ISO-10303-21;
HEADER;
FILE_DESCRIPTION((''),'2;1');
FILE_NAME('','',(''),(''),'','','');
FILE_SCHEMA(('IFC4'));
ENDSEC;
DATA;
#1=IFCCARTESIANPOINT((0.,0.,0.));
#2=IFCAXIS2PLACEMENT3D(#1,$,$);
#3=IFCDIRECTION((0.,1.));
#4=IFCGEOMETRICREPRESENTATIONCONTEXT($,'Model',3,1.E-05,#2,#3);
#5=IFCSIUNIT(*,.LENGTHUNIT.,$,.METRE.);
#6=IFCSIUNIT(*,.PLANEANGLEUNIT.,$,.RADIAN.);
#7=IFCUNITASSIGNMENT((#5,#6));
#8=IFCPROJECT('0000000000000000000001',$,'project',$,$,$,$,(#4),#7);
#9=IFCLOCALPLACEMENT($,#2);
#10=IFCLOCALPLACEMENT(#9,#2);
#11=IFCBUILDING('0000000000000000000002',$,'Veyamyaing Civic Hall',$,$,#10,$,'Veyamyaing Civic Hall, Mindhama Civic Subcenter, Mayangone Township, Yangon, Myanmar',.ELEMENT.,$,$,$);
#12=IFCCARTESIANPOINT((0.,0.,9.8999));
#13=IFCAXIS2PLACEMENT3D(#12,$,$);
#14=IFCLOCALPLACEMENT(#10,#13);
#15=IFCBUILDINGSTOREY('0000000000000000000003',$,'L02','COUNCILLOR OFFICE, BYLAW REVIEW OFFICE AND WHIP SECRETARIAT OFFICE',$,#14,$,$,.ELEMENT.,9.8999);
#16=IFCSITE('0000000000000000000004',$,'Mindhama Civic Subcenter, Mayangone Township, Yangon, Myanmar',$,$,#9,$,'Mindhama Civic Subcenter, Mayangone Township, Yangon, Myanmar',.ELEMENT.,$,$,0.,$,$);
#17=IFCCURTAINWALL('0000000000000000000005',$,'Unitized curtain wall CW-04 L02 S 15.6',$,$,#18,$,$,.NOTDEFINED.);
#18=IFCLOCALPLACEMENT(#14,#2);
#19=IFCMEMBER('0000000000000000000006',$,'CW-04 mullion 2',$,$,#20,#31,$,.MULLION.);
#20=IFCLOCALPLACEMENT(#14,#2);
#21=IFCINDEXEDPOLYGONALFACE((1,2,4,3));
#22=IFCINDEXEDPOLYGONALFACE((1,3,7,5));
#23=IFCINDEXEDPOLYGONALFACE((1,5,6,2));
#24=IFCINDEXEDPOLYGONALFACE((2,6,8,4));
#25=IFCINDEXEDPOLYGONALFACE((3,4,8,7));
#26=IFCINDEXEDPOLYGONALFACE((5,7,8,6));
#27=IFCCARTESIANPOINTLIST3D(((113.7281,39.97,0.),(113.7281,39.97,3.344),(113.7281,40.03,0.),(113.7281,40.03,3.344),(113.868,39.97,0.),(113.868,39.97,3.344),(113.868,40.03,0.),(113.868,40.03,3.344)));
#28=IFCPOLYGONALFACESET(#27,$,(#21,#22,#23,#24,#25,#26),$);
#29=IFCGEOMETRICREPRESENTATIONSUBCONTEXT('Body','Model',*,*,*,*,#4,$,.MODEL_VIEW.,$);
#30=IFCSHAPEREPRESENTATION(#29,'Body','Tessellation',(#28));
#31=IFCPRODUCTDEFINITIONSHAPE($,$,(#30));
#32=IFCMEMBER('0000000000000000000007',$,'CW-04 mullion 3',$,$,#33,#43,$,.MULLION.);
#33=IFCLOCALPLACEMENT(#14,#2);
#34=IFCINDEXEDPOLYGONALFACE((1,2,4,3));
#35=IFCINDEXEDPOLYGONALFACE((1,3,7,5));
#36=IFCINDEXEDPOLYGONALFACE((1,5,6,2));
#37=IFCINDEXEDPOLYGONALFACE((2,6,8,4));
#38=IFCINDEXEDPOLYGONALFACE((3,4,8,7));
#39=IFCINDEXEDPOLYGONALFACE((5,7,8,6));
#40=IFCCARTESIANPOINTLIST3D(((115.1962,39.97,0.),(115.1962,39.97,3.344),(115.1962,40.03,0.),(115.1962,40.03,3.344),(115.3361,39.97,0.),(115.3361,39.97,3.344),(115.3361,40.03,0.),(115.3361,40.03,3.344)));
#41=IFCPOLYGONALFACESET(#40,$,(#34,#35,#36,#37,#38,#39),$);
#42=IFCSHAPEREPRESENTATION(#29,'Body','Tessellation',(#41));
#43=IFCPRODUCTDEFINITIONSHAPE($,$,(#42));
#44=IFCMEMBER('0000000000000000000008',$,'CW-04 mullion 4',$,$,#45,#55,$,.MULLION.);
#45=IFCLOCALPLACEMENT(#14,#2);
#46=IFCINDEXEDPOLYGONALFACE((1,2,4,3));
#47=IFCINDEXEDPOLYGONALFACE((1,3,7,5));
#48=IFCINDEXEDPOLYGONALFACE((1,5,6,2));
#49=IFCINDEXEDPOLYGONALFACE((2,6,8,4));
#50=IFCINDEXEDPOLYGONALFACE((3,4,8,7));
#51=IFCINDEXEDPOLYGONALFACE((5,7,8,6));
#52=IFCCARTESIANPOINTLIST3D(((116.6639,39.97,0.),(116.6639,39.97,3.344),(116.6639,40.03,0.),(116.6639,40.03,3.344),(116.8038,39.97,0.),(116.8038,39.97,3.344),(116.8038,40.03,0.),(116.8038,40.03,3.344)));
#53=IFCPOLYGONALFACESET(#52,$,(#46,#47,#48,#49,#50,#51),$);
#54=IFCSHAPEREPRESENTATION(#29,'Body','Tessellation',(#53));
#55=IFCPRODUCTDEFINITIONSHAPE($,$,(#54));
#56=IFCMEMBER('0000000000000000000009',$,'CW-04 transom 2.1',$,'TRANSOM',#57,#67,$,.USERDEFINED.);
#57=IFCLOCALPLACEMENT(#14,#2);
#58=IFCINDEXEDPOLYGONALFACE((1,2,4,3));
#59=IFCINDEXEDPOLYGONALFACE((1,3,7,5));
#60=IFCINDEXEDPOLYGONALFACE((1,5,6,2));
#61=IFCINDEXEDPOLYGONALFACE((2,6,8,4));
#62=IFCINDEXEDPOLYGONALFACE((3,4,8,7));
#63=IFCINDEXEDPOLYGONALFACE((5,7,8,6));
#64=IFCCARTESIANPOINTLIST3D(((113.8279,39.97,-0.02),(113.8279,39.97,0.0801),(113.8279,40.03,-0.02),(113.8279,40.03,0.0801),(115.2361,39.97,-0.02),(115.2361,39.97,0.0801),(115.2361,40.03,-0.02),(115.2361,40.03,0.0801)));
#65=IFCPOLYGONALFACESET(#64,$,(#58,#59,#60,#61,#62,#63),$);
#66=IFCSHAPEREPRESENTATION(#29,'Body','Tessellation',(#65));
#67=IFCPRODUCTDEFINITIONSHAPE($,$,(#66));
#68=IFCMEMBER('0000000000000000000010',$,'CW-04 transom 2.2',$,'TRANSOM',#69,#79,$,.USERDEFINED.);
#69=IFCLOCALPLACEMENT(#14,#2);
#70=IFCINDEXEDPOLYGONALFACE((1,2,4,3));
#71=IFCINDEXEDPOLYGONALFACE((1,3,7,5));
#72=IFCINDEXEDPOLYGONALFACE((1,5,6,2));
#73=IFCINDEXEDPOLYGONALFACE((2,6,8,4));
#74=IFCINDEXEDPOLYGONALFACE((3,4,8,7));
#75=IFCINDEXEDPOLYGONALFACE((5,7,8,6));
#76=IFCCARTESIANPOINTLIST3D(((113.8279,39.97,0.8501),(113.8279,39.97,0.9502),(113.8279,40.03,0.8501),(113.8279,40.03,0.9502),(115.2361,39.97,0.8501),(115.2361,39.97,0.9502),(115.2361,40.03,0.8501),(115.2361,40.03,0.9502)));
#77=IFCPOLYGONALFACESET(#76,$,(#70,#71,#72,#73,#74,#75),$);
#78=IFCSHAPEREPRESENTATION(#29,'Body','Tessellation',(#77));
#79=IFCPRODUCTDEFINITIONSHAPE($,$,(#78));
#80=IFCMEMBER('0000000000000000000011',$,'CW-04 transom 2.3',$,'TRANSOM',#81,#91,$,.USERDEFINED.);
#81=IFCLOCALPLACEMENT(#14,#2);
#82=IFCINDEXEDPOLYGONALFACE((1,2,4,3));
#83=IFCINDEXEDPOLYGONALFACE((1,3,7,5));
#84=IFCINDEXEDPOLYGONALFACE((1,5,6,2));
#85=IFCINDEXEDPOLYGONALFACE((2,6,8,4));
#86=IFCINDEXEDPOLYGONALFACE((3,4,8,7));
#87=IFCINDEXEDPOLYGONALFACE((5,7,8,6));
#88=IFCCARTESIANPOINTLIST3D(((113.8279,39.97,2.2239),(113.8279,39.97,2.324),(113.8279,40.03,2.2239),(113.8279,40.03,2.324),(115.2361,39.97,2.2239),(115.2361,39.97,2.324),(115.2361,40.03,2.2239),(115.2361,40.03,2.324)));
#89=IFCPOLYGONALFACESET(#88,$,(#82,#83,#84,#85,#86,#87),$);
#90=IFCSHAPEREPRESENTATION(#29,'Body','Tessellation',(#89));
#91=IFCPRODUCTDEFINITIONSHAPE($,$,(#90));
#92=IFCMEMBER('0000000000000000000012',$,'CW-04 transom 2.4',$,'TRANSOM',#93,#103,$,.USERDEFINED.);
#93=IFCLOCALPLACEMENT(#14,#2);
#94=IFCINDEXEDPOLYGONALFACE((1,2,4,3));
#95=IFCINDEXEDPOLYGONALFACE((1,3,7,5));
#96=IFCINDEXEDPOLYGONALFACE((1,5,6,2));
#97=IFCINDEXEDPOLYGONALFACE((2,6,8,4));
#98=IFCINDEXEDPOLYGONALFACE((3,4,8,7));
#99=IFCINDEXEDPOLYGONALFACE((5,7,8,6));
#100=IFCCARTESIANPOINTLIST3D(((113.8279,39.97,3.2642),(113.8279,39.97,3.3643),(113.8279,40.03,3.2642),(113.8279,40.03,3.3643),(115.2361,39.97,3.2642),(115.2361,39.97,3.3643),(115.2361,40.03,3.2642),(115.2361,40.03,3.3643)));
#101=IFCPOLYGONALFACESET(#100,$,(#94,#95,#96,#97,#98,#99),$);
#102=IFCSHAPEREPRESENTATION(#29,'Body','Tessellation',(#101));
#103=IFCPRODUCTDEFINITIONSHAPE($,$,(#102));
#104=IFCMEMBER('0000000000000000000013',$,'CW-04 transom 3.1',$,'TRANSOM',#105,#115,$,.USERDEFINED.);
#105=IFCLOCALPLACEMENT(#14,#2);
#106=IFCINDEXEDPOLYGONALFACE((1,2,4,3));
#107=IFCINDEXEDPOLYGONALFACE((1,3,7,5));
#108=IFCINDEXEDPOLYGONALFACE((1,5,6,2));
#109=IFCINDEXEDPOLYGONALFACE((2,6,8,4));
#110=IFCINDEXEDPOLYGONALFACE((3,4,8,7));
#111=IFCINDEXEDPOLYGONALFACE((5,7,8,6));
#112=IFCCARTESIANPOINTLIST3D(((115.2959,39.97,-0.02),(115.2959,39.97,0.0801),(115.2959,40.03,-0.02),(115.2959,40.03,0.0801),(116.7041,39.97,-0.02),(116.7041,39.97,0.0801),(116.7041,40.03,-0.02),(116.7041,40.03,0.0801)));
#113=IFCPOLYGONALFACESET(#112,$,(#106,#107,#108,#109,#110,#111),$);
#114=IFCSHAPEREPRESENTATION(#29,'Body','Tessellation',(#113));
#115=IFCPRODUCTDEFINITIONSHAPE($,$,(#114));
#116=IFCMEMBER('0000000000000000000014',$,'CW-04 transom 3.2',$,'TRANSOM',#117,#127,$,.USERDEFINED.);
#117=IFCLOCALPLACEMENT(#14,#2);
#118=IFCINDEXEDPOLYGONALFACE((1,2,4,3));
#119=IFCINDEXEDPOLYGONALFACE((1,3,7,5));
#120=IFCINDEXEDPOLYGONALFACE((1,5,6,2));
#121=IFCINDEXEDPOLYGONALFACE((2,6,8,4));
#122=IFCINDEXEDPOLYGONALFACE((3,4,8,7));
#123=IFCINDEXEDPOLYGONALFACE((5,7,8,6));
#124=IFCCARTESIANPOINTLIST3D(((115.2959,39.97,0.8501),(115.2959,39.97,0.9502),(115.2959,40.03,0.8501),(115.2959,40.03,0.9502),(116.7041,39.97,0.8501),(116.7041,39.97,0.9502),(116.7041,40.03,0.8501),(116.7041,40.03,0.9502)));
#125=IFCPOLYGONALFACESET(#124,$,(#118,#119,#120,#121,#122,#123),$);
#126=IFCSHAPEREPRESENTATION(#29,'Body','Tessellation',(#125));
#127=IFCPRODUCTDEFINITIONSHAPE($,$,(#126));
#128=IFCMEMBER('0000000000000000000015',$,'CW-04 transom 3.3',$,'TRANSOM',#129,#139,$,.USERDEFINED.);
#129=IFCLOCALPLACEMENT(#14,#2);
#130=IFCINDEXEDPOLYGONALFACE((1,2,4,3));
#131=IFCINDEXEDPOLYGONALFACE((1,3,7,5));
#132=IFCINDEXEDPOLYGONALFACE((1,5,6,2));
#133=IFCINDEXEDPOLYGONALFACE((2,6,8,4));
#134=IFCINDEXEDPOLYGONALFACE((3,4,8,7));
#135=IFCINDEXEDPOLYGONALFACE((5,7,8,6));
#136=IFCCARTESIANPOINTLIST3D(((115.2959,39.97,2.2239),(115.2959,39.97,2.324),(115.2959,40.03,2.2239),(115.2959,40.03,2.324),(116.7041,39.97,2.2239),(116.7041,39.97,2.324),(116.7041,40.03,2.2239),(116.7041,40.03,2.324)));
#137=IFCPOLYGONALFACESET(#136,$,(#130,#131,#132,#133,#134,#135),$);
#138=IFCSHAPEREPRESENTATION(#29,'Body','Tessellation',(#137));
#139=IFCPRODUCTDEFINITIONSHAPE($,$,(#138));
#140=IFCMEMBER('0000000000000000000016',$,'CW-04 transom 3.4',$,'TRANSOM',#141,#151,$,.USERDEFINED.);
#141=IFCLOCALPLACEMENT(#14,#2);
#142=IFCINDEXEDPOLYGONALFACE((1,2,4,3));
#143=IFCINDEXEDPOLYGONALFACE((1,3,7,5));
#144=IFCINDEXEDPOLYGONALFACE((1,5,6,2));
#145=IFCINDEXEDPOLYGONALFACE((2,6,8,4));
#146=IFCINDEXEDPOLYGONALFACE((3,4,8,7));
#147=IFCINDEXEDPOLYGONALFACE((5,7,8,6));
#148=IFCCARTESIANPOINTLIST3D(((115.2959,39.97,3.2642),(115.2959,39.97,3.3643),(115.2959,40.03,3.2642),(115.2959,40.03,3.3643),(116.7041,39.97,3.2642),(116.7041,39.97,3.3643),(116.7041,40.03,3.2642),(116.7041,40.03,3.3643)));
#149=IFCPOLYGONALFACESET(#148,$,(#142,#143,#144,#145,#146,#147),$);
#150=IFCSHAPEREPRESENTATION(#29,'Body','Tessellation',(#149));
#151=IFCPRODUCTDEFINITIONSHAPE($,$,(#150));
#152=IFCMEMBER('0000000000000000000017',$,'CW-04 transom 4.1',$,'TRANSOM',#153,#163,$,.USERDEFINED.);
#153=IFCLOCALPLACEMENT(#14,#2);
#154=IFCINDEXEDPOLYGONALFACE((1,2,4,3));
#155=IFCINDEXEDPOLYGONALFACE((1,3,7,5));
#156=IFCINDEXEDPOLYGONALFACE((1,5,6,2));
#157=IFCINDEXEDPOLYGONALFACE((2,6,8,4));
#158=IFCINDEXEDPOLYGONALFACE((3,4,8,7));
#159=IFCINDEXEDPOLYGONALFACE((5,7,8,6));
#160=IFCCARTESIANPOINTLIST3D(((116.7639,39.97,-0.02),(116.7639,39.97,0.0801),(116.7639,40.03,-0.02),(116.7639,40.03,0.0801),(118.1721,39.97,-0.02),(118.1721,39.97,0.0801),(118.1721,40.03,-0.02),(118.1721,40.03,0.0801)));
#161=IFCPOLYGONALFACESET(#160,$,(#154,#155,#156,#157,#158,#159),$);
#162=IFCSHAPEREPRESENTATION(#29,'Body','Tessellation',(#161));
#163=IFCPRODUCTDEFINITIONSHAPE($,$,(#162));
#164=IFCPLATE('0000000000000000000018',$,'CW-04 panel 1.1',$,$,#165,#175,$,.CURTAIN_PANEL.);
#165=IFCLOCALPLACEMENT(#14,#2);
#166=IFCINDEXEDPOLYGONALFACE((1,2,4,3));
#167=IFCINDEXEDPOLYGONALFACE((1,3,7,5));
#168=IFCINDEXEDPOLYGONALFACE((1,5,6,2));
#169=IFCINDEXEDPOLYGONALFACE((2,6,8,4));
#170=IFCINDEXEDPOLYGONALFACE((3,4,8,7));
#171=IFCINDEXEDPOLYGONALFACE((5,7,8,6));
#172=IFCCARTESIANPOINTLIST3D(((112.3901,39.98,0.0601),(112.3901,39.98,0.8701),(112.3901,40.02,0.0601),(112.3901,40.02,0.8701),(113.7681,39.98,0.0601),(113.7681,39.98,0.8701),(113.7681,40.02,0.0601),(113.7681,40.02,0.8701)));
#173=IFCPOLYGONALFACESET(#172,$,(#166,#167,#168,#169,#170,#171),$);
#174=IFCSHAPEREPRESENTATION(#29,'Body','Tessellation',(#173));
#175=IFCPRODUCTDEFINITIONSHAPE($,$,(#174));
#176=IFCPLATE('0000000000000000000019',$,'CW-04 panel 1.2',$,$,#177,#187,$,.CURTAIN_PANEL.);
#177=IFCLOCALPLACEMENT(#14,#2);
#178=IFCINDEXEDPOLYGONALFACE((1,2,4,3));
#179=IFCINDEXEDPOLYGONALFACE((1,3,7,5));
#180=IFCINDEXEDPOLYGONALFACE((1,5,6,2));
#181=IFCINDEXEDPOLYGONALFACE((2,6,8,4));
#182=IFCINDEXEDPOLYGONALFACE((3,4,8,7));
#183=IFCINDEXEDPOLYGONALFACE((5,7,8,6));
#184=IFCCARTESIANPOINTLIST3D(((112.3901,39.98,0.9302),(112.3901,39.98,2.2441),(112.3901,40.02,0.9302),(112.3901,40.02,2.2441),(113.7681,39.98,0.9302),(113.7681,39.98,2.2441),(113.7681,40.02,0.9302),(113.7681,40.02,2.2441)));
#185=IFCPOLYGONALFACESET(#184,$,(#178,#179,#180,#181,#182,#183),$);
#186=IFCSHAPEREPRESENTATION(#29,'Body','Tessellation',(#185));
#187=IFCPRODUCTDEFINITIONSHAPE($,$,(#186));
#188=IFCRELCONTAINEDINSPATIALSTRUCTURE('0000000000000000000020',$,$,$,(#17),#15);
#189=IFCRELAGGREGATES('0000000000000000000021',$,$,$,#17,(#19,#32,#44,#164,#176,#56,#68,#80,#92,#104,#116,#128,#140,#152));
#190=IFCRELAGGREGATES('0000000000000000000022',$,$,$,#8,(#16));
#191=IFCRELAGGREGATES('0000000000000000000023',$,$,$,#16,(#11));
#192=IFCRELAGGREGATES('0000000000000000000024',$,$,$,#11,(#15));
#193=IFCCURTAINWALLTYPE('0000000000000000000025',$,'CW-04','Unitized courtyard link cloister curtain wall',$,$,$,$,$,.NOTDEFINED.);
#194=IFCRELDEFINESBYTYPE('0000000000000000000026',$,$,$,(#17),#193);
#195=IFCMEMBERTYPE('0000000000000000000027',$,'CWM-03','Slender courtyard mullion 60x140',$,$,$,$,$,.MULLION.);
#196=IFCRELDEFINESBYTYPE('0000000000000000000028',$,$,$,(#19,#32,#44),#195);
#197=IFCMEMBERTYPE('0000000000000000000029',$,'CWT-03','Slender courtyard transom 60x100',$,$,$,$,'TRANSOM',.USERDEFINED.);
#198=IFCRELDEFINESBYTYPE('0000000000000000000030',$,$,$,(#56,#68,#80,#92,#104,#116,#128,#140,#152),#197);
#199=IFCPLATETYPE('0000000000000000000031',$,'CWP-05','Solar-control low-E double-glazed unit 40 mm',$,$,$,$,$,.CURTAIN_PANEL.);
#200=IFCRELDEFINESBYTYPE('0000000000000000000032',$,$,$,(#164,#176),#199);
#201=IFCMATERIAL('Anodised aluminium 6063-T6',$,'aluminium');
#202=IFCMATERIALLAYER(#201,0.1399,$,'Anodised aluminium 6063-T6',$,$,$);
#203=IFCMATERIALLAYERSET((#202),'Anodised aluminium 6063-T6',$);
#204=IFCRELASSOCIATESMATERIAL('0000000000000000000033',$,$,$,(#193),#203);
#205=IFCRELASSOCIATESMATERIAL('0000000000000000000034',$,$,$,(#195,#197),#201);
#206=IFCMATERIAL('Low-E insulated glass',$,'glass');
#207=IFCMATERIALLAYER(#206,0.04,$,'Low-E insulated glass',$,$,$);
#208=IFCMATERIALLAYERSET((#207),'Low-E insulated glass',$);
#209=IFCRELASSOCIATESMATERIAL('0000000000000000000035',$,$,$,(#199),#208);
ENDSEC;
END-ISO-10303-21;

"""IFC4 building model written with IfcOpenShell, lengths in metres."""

from ifc_helpers import new_model, si_unit, direction, frame, origin, origin_2d, place, context, subcontext, project, spatial, rectangle, extrude, material, layer, layer_set, material_profile, profile_set, type_object, element, aggregate, save


model = new_model("IFC4")

# Units and contexts
model_context = context("Model", 3, precision=1e-05, world=origin(), true_north=direction((0.0, 1.0)))
body_context = subcontext(model_context, "Body", "Model", "MODEL_VIEW")
ifc_project = project(units=[si_unit("LENGTHUNIT", "METRE"), si_unit("PLANEANGLEUNIT", "RADIAN")], contexts=[model_context])

# Site, building, storey
site_placement = place(None, origin())
site = spatial("IfcSite", under=ifc_project, at=site_placement, Name="Mindhama Civic Subcenter, Mayangone Township, Yangon, Myanmar", LongName="Mindhama Civic Subcenter, Mayangone Township, Yangon, Myanmar", CompositionType="ELEMENT", RefElevation=0.0)
building_placement = place(site_placement, origin())
building = spatial("IfcBuilding", under=site, at=building_placement, Name="Veyamyaing Civic Hall", LongName="Veyamyaing Civic Hall, Mindhama Civic Subcenter, Mayangone Township, Yangon, Myanmar", CompositionType="ELEMENT")
storey_placement = place(building_placement, frame((0.0, 0.0, 9.8999)))
storey = spatial("IfcBuildingStorey", under=building, at=storey_placement, Name="L02", Description="COUNCILLOR OFFICE, BYLAW REVIEW OFFICE AND WHIP SECRETARIAT OFFICE", CompositionType="ELEMENT", Elevation=9.8999)

# Curtain wall, members, plates
ifc_material_1 = material(Name="Anodised aluminium 6063-T6", Category="aluminium")
ifc_layer_1 = layer(ifc_material_1, 0.1399, Name="Anodised aluminium 6063-T6")
ifc_layer_set_1 = layer_set([ifc_layer_1], Name="Anodised aluminium 6063-T6")
curtain_wall_type = type_object("IfcCurtainWallType", Name="CW-04", Description="Unitized courtyard link cloister curtain wall", PredefinedType="NOTDEFINED", material=ifc_layer_set_1)
curtain_wall_placement = place(storey_placement, origin())
curtain_wall = element("IfcCurtainWall", 1, at=curtain_wall_placement, inside=storey, type_object=curtain_wall_type, Name="Unitized curtain wall CW-04 L02 S 15.6", PredefinedType="NOTDEFINED")
ifc_material_profile_1 = material_profile(ifc_material_1, rectangle(XDim=0.0601, YDim=0.1399, at=origin_2d()), Name="ALU-MUL-60X140")
ifc_profile_set_1 = profile_set([ifc_material_profile_1], Name="Anodised aluminium 6063-T6")
member_type_1 = type_object("IfcMemberType", Name="CWM-03", Description="Slender courtyard mullion 60x140", PredefinedType="MULLION", material=ifc_profile_set_1)
member_1_placement = place(storey_placement, frame((113.7981, 40.0, 0.0), z_axis=(0.0, 0.0, 1.0), x_axis=(0.0, 1.0, 0.0)))
member_1 = element("IfcMember", 2, at=member_1_placement, type_object=member_type_1, Name="CW-04 mullion 2", PredefinedType="MULLION", context=body_context, shape_type="SweptSolid", body=[
    extrude(rectangle(XDim=0.0601, YDim=0.1399, at=origin_2d()), origin(), (0.0, 0.0, 1.0), 3.344),
])
member_2_placement = place(storey_placement, frame((115.2661, 40.0, 0.0), z_axis=(0.0, 0.0, 1.0), x_axis=(0.0, 1.0, 0.0)))
member_2 = element("IfcMember", 3, at=member_2_placement, type_object=member_type_1, Name="CW-04 mullion 3", PredefinedType="MULLION", context=body_context, shape_type="SweptSolid", body=[
    extrude(rectangle(XDim=0.0601, YDim=0.1399, at=origin_2d()), origin(), (0.0, 0.0, 1.0), 3.344),
])
member_3_placement = place(storey_placement, frame((116.7339, 40.0, 0.0), z_axis=(0.0, 0.0, 1.0), x_axis=(0.0, 1.0, 0.0)))
member_3 = element("IfcMember", 4, at=member_3_placement, type_object=member_type_1, Name="CW-04 mullion 4", PredefinedType="MULLION", context=body_context, shape_type="SweptSolid", body=[
    extrude(rectangle(XDim=0.0601, YDim=0.1399, at=origin_2d()), origin(), (0.0, 0.0, 1.0), 3.344),
])
ifc_material_profile_2 = material_profile(ifc_material_1, rectangle(XDim=0.0601, YDim=0.1001, at=origin_2d()), Name="ALU-TRN-60X100")
ifc_profile_set_2 = profile_set([ifc_material_profile_2], Name="Anodised aluminium 6063-T6")
member_type_2 = type_object("IfcMemberType", Name="CWT-03", Description="Slender courtyard transom 60x100", ElementType="TRANSOM", PredefinedType="USERDEFINED", material=ifc_profile_set_2)
member_4_placement = place(storey_placement, frame((113.8279, 40.0, 0.03), z_axis=(1.0, 0.0, 0.0), x_axis=(0.0, 1.0, 0.0)))
member_4 = element("IfcMember", 5, at=member_4_placement, type_object=member_type_2, Name="CW-04 transom 2.1", ObjectType="TRANSOM", PredefinedType="USERDEFINED", context=body_context, shape_type="SweptSolid", body=[
    extrude(rectangle(XDim=0.0601, YDim=0.1001, at=origin_2d()), origin(), (0.0, 0.0, 1.0), 1.4082),
])
member_5_placement = place(storey_placement, frame((113.8279, 40.0, 0.9001), z_axis=(1.0, 0.0, 0.0), x_axis=(0.0, 1.0, 0.0)))
member_5 = element("IfcMember", 6, at=member_5_placement, type_object=member_type_2, Name="CW-04 transom 2.2", ObjectType="TRANSOM", PredefinedType="USERDEFINED", context=body_context, shape_type="SweptSolid", body=[
    extrude(rectangle(XDim=0.0601, YDim=0.1001, at=origin_2d()), origin(), (0.0, 0.0, 1.0), 1.4082),
])
member_6_placement = place(storey_placement, frame((113.8279, 40.0, 2.2739), z_axis=(1.0, 0.0, 0.0), x_axis=(0.0, 1.0, 0.0)))
member_6 = element("IfcMember", 7, at=member_6_placement, type_object=member_type_2, Name="CW-04 transom 2.3", ObjectType="TRANSOM", PredefinedType="USERDEFINED", context=body_context, shape_type="SweptSolid", body=[
    extrude(rectangle(XDim=0.0601, YDim=0.1001, at=origin_2d()), origin(), (0.0, 0.0, 1.0), 1.4082),
])
member_7_placement = place(storey_placement, frame((113.8279, 40.0, 3.3142), z_axis=(1.0, 0.0, 0.0), x_axis=(0.0, 1.0, 0.0)))
member_7 = element("IfcMember", 8, at=member_7_placement, type_object=member_type_2, Name="CW-04 transom 2.4", ObjectType="TRANSOM", PredefinedType="USERDEFINED", context=body_context, shape_type="SweptSolid", body=[
    extrude(rectangle(XDim=0.0601, YDim=0.1001, at=origin_2d()), origin(), (0.0, 0.0, 1.0), 1.4082),
])
member_8_placement = place(storey_placement, frame((115.2959, 40.0, 0.03), z_axis=(1.0, 0.0, 0.0), x_axis=(0.0, 1.0, 0.0)))
member_8 = element("IfcMember", 9, at=member_8_placement, type_object=member_type_2, Name="CW-04 transom 3.1", ObjectType="TRANSOM", PredefinedType="USERDEFINED", context=body_context, shape_type="SweptSolid", body=[
    extrude(rectangle(XDim=0.0601, YDim=0.1001, at=origin_2d()), origin(), (0.0, 0.0, 1.0), 1.4082),
])
member_9_placement = place(storey_placement, frame((115.2959, 40.0, 0.9001), z_axis=(1.0, 0.0, 0.0), x_axis=(0.0, 1.0, 0.0)))
member_9 = element("IfcMember", 10, at=member_9_placement, type_object=member_type_2, Name="CW-04 transom 3.2", ObjectType="TRANSOM", PredefinedType="USERDEFINED", context=body_context, shape_type="SweptSolid", body=[
    extrude(rectangle(XDim=0.0601, YDim=0.1001, at=origin_2d()), origin(), (0.0, 0.0, 1.0), 1.4082),
])
member_10_placement = place(storey_placement, frame((115.2959, 40.0, 2.2739), z_axis=(1.0, 0.0, 0.0), x_axis=(0.0, 1.0, 0.0)))
member_10 = element("IfcMember", 11, at=member_10_placement, type_object=member_type_2, Name="CW-04 transom 3.3", ObjectType="TRANSOM", PredefinedType="USERDEFINED", context=body_context, shape_type="SweptSolid", body=[
    extrude(rectangle(XDim=0.0601, YDim=0.1001, at=origin_2d()), origin(), (0.0, 0.0, 1.0), 1.4082),
])
member_11_placement = place(storey_placement, frame((115.2959, 40.0, 3.3142), z_axis=(1.0, 0.0, 0.0), x_axis=(0.0, 1.0, 0.0)))
member_11 = element("IfcMember", 12, at=member_11_placement, type_object=member_type_2, Name="CW-04 transom 3.4", ObjectType="TRANSOM", PredefinedType="USERDEFINED", context=body_context, shape_type="SweptSolid", body=[
    extrude(rectangle(XDim=0.0601, YDim=0.1001, at=origin_2d()), origin(), (0.0, 0.0, 1.0), 1.4082),
])
member_12_placement = place(storey_placement, frame((116.7639, 40.0, 0.03), z_axis=(1.0, 0.0, 0.0), x_axis=(0.0, 1.0, 0.0)))
member_12 = element("IfcMember", 13, at=member_12_placement, type_object=member_type_2, Name="CW-04 transom 4.1", ObjectType="TRANSOM", PredefinedType="USERDEFINED", context=body_context, shape_type="SweptSolid", body=[
    extrude(rectangle(XDim=0.0601, YDim=0.1001, at=origin_2d()), origin(), (0.0, 0.0, 1.0), 1.4082),
])
ifc_material_2 = material(Name="Low-E insulated glass", Category="glass")
ifc_layer_2 = layer(ifc_material_2, 0.04, Name="Low-E insulated glass")
ifc_layer_set_2 = layer_set([ifc_layer_2], Name="Low-E insulated glass")
plate_type = type_object("IfcPlateType", Name="CWP-05", Description="Solar-control low-E double-glazed unit 40 mm", PredefinedType="CURTAIN_PANEL", material=ifc_layer_set_2)
plate_1_placement = place(storey_placement, frame((113.0791, 40.0, 0.0601), z_axis=(0.0, 0.0, 1.0), x_axis=(1.0, 0.0, 0.0)))
plate_1 = element("IfcPlate", 14, at=plate_1_placement, type_object=plate_type, Name="CW-04 panel 1.1", PredefinedType="CURTAIN_PANEL", context=body_context, shape_type="SweptSolid", body=[
    extrude(rectangle(XDim=1.3779, YDim=0.04, at=origin_2d()), origin(), (0.0, 0.0, 1.0), 0.8101),
])
plate_2_placement = place(storey_placement, frame((113.0791, 40.0, 0.9302), z_axis=(0.0, 0.0, 1.0), x_axis=(1.0, 0.0, 0.0)))
plate_2 = element("IfcPlate", 15, at=plate_2_placement, type_object=plate_type, Name="CW-04 panel 1.2", PredefinedType="CURTAIN_PANEL", context=body_context, shape_type="SweptSolid", body=[
    extrude(rectangle(XDim=1.3779, YDim=0.04, at=origin_2d()), origin(), (0.0, 0.0, 1.0), 1.314),
])
aggregate(curtain_wall, [member_1, member_2, member_3, plate_1, plate_2, member_4, member_5, member_6, member_7, member_8, member_9, member_10, member_11, member_12])

save(model, "model.ifc")
